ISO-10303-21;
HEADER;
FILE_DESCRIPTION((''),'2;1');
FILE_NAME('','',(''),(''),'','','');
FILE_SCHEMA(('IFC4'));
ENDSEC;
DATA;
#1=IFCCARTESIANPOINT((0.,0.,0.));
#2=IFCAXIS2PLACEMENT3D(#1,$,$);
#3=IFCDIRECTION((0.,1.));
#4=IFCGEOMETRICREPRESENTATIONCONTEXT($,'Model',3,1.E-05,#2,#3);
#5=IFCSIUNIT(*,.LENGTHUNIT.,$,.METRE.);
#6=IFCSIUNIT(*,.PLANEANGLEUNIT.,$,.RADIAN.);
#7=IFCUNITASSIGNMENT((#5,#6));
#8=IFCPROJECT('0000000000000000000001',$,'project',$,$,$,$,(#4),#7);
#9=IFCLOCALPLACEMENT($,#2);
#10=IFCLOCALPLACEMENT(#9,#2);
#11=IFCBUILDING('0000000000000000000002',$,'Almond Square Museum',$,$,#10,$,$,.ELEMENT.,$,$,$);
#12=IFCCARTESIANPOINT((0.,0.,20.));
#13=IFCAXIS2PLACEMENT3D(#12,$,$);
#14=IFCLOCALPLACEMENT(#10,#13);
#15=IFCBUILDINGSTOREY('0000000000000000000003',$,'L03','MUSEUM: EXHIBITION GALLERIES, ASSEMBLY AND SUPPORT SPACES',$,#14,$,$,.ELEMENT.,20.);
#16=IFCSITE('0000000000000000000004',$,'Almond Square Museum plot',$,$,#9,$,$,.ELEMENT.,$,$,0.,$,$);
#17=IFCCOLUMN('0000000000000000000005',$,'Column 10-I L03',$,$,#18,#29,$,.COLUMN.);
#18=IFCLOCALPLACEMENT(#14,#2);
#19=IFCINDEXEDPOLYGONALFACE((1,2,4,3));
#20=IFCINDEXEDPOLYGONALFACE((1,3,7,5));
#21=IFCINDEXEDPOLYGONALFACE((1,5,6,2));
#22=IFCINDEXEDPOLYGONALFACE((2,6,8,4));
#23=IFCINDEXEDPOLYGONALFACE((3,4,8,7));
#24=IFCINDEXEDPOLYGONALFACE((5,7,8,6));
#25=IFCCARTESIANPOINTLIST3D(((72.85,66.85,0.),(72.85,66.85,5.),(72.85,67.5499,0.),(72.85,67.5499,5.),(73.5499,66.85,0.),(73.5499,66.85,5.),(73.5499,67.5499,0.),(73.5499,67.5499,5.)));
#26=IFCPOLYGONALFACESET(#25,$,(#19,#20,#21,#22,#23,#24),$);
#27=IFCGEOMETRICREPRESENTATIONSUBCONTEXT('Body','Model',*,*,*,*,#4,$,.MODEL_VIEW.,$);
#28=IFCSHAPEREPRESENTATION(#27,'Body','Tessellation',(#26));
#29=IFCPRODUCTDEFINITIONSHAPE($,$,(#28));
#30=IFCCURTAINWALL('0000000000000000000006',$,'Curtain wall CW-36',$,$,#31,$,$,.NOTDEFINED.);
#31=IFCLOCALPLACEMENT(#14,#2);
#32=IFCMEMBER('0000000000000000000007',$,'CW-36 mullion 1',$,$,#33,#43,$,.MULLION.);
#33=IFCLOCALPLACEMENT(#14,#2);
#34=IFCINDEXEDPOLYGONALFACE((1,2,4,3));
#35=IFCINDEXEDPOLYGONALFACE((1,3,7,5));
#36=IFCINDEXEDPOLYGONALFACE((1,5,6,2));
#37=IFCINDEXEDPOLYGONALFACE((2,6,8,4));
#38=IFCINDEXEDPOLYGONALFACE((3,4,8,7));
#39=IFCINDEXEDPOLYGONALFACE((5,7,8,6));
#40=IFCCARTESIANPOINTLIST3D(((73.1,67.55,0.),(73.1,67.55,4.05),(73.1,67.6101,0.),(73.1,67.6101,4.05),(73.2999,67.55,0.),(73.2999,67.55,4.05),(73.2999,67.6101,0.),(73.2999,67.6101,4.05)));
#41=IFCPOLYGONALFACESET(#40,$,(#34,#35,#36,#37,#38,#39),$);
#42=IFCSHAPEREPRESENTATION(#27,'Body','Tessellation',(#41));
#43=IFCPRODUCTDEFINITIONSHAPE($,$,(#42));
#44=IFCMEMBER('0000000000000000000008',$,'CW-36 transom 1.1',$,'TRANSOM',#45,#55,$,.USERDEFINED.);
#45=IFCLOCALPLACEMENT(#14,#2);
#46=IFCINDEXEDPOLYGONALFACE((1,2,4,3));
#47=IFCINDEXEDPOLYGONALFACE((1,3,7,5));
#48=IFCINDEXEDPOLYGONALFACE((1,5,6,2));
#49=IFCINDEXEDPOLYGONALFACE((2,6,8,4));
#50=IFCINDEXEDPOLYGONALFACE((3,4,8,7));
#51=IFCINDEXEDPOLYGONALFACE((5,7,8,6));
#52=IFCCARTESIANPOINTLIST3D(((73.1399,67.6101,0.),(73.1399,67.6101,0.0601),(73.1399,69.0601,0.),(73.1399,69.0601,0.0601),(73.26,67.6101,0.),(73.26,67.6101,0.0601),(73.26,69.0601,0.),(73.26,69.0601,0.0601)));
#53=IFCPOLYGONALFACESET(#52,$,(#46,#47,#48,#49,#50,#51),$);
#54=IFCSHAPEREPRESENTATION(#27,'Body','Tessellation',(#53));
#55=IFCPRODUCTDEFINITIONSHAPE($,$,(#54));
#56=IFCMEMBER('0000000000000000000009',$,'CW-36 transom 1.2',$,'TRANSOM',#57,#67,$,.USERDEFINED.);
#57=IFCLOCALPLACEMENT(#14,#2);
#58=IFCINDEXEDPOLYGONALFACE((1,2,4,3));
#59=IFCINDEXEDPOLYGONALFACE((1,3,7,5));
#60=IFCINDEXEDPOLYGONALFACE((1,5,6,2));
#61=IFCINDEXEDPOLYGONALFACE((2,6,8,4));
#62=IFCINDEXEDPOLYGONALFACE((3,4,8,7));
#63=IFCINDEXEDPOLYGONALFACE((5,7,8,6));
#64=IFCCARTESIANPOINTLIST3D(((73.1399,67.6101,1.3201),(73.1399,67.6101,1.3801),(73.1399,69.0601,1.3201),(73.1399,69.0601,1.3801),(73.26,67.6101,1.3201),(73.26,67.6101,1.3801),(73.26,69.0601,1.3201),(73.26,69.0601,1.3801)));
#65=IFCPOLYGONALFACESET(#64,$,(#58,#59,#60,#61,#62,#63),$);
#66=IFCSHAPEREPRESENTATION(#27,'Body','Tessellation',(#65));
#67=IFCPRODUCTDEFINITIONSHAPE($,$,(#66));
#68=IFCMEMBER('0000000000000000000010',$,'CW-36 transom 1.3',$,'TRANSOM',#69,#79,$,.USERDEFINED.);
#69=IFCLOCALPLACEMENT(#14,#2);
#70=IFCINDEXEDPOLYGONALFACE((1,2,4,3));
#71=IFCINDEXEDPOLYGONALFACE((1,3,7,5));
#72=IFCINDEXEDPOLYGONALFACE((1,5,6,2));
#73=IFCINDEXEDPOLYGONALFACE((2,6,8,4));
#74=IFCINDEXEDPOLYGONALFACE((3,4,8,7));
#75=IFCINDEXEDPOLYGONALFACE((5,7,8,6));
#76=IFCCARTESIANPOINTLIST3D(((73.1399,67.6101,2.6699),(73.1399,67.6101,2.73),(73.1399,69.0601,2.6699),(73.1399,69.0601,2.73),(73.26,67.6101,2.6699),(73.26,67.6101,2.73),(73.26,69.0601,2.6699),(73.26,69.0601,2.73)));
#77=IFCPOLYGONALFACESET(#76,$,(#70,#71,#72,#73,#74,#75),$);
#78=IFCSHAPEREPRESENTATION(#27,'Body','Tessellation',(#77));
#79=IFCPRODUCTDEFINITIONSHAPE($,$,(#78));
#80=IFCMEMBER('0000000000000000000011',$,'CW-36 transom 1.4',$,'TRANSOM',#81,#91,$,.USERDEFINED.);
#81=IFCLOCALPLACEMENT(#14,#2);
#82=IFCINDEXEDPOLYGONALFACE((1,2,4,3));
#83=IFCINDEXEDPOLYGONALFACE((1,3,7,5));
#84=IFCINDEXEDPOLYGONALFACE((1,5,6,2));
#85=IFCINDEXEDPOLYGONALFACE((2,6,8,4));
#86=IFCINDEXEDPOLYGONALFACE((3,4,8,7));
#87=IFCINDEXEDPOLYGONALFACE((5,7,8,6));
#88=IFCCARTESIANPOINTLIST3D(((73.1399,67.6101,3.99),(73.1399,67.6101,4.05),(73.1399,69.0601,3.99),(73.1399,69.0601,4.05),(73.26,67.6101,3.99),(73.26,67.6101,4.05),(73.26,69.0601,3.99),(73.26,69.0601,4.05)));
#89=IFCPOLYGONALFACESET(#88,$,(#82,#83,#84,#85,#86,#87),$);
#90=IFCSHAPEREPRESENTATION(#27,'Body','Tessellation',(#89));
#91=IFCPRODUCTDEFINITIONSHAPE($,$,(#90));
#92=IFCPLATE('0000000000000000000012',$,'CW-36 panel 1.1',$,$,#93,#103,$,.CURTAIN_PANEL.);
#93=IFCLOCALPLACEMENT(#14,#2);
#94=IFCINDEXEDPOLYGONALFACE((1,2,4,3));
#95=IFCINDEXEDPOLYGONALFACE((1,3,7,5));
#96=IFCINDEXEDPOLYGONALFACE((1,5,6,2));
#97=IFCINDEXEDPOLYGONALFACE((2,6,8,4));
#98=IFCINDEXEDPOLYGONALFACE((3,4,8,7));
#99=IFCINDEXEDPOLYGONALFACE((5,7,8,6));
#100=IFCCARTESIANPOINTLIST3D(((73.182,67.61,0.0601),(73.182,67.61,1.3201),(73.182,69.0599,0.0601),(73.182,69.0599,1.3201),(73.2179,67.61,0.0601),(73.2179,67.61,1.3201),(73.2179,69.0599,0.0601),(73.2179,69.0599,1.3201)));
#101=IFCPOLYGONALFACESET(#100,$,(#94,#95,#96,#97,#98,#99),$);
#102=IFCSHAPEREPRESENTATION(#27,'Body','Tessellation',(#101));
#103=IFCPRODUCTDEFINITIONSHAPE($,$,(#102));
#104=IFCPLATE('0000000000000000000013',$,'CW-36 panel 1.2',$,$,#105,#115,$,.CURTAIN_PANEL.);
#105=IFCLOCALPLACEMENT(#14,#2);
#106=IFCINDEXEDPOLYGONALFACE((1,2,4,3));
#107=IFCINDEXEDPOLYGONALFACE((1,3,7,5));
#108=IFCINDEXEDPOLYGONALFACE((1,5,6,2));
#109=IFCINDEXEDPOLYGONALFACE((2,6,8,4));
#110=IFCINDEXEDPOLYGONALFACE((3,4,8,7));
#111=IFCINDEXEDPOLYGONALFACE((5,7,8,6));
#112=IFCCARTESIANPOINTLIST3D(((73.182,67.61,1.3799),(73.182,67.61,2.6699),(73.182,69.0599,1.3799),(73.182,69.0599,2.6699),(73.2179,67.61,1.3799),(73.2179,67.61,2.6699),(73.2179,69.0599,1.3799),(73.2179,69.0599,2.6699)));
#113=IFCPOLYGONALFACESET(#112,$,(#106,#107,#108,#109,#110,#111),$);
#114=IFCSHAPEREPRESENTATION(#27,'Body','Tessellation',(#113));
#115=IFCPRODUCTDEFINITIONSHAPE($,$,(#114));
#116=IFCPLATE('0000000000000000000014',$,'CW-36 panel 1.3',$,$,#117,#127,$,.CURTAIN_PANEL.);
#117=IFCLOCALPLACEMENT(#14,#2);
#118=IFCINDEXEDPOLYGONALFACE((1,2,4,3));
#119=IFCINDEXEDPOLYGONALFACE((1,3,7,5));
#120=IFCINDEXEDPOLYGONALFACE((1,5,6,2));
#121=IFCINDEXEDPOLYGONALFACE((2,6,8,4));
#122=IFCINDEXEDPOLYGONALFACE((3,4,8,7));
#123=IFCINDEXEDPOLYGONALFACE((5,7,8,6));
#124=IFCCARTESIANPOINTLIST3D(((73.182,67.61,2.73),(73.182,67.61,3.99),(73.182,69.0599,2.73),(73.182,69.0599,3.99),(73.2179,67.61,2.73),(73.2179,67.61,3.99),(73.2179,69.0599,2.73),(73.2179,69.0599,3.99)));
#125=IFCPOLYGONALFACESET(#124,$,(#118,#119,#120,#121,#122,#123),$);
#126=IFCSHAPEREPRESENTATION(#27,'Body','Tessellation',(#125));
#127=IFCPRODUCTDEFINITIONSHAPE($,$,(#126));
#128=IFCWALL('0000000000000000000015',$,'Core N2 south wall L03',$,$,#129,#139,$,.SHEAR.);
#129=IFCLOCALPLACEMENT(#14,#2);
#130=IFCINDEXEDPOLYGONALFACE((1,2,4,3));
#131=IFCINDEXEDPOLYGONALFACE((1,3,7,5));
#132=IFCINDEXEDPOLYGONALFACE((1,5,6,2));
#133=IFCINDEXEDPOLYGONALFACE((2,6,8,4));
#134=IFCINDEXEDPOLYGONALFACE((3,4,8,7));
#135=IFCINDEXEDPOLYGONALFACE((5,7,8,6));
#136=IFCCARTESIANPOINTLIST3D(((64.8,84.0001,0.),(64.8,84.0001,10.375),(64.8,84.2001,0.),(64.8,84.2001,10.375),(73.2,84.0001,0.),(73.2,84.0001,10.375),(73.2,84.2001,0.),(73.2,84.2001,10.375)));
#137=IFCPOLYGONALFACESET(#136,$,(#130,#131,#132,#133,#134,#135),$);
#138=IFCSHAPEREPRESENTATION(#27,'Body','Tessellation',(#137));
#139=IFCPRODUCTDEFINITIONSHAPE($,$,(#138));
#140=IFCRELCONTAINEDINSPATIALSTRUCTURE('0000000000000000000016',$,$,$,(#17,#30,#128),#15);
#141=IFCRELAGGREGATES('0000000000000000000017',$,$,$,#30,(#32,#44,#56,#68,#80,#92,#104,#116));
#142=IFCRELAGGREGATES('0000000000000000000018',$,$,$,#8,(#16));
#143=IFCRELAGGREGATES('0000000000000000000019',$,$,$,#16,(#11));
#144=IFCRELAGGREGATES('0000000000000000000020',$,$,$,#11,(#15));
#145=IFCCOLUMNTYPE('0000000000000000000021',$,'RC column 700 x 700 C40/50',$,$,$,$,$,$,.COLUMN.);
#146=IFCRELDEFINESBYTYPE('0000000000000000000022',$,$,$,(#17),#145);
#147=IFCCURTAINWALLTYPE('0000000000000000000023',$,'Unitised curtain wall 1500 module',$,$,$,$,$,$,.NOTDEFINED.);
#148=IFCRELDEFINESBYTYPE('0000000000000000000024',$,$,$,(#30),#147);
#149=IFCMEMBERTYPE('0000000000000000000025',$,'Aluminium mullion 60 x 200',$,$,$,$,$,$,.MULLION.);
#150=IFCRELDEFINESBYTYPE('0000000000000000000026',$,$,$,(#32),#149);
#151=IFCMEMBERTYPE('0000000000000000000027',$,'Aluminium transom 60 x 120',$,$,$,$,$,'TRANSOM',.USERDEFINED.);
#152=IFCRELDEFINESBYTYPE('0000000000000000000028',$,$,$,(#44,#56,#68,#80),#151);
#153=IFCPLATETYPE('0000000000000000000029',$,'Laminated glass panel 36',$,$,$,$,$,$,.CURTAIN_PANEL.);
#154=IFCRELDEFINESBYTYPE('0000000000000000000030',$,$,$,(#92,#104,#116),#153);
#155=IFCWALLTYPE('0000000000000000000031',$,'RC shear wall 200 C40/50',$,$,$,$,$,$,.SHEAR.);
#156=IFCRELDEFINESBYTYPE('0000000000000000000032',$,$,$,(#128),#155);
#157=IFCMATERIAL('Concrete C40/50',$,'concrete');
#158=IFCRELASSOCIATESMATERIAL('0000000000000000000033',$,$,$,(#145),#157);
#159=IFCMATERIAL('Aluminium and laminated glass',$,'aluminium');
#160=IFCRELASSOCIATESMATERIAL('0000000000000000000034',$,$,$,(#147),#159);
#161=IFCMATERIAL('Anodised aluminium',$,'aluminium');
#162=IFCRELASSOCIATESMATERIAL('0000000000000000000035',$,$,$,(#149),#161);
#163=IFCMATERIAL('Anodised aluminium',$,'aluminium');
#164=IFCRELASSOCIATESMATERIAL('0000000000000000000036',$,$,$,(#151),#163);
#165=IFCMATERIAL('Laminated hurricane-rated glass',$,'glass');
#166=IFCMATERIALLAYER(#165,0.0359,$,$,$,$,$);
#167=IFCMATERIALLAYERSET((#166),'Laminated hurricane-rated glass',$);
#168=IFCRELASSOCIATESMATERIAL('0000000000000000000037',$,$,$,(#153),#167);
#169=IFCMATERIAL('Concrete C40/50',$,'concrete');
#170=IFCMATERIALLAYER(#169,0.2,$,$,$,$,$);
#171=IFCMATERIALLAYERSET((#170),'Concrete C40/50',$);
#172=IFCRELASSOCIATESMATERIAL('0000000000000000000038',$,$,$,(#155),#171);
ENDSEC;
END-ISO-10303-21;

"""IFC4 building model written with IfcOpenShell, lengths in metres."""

from ifc_helpers import new_model, si_unit, direction, frame, frame_2d, origin, origin_2d, place, context, subcontext, project, spatial, rectangle, extrude, material, layer, layer_set, material_profile, profile_set, type_object, element, aggregate, save


model = new_model("IFC4")

# Units and contexts
model_context = context("Model", 3, precision=1e-05, world=origin(), true_north=direction((0.0, 1.0)))
body_context = subcontext(model_context, "Body", "Model", "MODEL_VIEW")
ifc_project = project(units=[si_unit("LENGTHUNIT", "METRE"), si_unit("PLANEANGLEUNIT", "RADIAN")], contexts=[model_context])

# Site, building, storey
site_placement = place(None, origin())
site = spatial("IfcSite", under=ifc_project, at=site_placement, Name="Almond Square Museum plot", CompositionType="ELEMENT", RefElevation=0.0)
building_placement = place(site_placement, origin())
building = spatial("IfcBuilding", under=site, at=building_placement, Name="Almond Square Museum", CompositionType="ELEMENT")
storey_placement = place(building_placement, frame((0.0, 0.0, 20.0)))
storey = spatial("IfcBuildingStorey", under=building, at=storey_placement, Name="L03", Description="MUSEUM: EXHIBITION GALLERIES, ASSEMBLY AND SUPPORT SPACES", CompositionType="ELEMENT", Elevation=20.0)

# Column
ifc_material_1 = material(Name="Concrete C40/50", Category="concrete")
ifc_material_profile_1 = material_profile(ifc_material_1, rectangle(XDim=0.7, YDim=0.7, at=origin_2d()))
ifc_profile_set_1 = profile_set([ifc_material_profile_1], Name="Concrete C40/50")
column_type = type_object("IfcColumnType", Name="RC column 700 x 700 C40/50", PredefinedType="COLUMN", material=ifc_profile_set_1)
column_placement = place(storey_placement, frame((73.2, 67.2, 0.0), z_axis=(0.0, 0.0, 1.0), x_axis=(1.0, 0.0, 0.0)))
element("IfcColumn", 1, at=column_placement, inside=storey, type_object=column_type, Name="Column 10-I L03", PredefinedType="COLUMN", context=body_context, shape_type="SweptSolid", body=[
    extrude(rectangle(XDim=0.7, YDim=0.7, at=origin_2d()), origin(), (0.0, 0.0, 1.0), 5.0),
])

# Curtain wall, members, plates
ifc_material_2 = material(Name="Aluminium and laminated glass", Category="aluminium")
curtain_wall_type = type_object("IfcCurtainWallType", Name="Unitised curtain wall 1500 module", PredefinedType="NOTDEFINED", material=ifc_material_2)
curtain_wall_placement = place(storey_placement, origin())
curtain_wall = element("IfcCurtainWall", 2, at=curtain_wall_placement, inside=storey, type_object=curtain_wall_type, Name="Curtain wall CW-36", PredefinedType="NOTDEFINED")
ifc_material_3 = material(Name="Anodised aluminium", Category="aluminium")
ifc_material_profile_2 = material_profile(ifc_material_3, rectangle(XDim=0.2, YDim=0.0601, at=origin_2d()))
ifc_profile_set_2 = profile_set([ifc_material_profile_2], Name="Anodised aluminium")
member_type_1 = type_object("IfcMemberType", Name="Aluminium mullion 60 x 200", PredefinedType="MULLION", material=ifc_profile_set_2)
member_1_placement = place(storey_placement, frame((73.2, 67.5801, 0.0), z_axis=(0.0, 0.0, 1.0), x_axis=(-1.0, 0.0, 0.0)))
member_1 = element("IfcMember", 3, at=member_1_placement, type_object=member_type_1, Name="CW-36 mullion 1", PredefinedType="MULLION", context=body_context, shape_type="SweptSolid", body=[
    extrude(rectangle(XDim=0.2, YDim=0.0601, at=origin_2d()), origin(), (0.0, 0.0, 1.0), 4.05),
])
ifc_material_4 = material(Name="Anodised aluminium", Category="aluminium")
ifc_material_profile_3 = material_profile(ifc_material_4, rectangle(XDim=0.1201, YDim=0.0601, at=origin_2d()))
ifc_profile_set_3 = profile_set([ifc_material_profile_3], Name="Anodised aluminium")
member_type_2 = type_object("IfcMemberType", Name="Aluminium transom 60 x 120", ElementType="TRANSOM", PredefinedType="USERDEFINED", material=ifc_profile_set_3)
member_2_placement = place(storey_placement, frame((73.2, 67.6101, 0.03), z_axis=(0.0, 1.0, 0.0), x_axis=(-1.0, 0.0, 0.0)))
member_2 = element("IfcMember", 4, at=member_2_placement, type_object=member_type_2, Name="CW-36 transom 1.1", ObjectType="TRANSOM", PredefinedType="USERDEFINED", context=body_context, shape_type="SweptSolid", body=[
    extrude(rectangle(XDim=0.1201, YDim=0.0601, at=origin_2d()), origin(), (0.0, 0.0, 1.0), 1.45),
])
member_3_placement = place(storey_placement, frame((73.2, 67.6101, 1.3501), z_axis=(0.0, 1.0, 0.0), x_axis=(-1.0, 0.0, 0.0)))
member_3 = element("IfcMember", 5, at=member_3_placement, type_object=member_type_2, Name="CW-36 transom 1.2", ObjectType="TRANSOM", PredefinedType="USERDEFINED", context=body_context, shape_type="SweptSolid", body=[
    extrude(rectangle(XDim=0.1201, YDim=0.0601, at=origin_2d()), origin(), (0.0, 0.0, 1.0), 1.45),
])
member_4_placement = place(storey_placement, frame((73.2, 67.6101, 2.7), z_axis=(0.0, 1.0, 0.0), x_axis=(-1.0, 0.0, 0.0)))
member_4 = element("IfcMember", 6, at=member_4_placement, type_object=member_type_2, Name="CW-36 transom 1.3", ObjectType="TRANSOM", PredefinedType="USERDEFINED", context=body_context, shape_type="SweptSolid", body=[
    extrude(rectangle(XDim=0.1201, YDim=0.0601, at=origin_2d()), origin(), (0.0, 0.0, 1.0), 1.45),
])
member_5_placement = place(storey_placement, frame((73.2, 67.6101, 4.02), z_axis=(0.0, 1.0, 0.0), x_axis=(-1.0, 0.0, 0.0)))
member_5 = element("IfcMember", 7, at=member_5_placement, type_object=member_type_2, Name="CW-36 transom 1.4", ObjectType="TRANSOM", PredefinedType="USERDEFINED", context=body_context, shape_type="SweptSolid", body=[
    extrude(rectangle(XDim=0.1201, YDim=0.0601, at=origin_2d()), origin(), (0.0, 0.0, 1.0), 1.45),
])
ifc_material_5 = material(Name="Laminated hurricane-rated glass", Category="glass")
ifc_layer_1 = layer(ifc_material_5, 0.0359)
ifc_layer_set_1 = layer_set([ifc_layer_1], Name="Laminated hurricane-rated glass")
plate_type = type_object("IfcPlateType", Name="Laminated glass panel 36", PredefinedType="CURTAIN_PANEL", material=ifc_layer_set_1)
plate_1_placement = place(storey_placement, frame((73.2, 68.335, 0.0601), z_axis=(0.0, 0.0, 1.0), x_axis=(0.0, 1.0, 0.0)))
plate_1 = element("IfcPlate", 8, at=plate_1_placement, type_object=plate_type, Name="CW-36 panel 1.1", PredefinedType="CURTAIN_PANEL", context=body_context, shape_type="SweptSolid", body=[
    extrude(rectangle(XDim=1.45, YDim=0.0359, at=origin_2d()), origin(), (0.0, 0.0, 1.0), 1.26),
])
plate_2_placement = place(storey_placement, frame((73.2, 68.335, 1.3799), z_axis=(0.0, 0.0, 1.0), x_axis=(0.0, 1.0, 0.0)))
plate_2 = element("IfcPlate", 9, at=plate_2_placement, type_object=plate_type, Name="CW-36 panel 1.2", PredefinedType="CURTAIN_PANEL", context=body_context, shape_type="SweptSolid", body=[
    extrude(rectangle(XDim=1.45, YDim=0.0359, at=origin_2d()), origin(), (0.0, 0.0, 1.0), 1.29),
])
plate_3_placement = place(storey_placement, frame((73.2, 68.335, 2.73), z_axis=(0.0, 0.0, 1.0), x_axis=(0.0, 1.0, 0.0)))
plate_3 = element("IfcPlate", 10, at=plate_3_placement, type_object=plate_type, Name="CW-36 panel 1.3", PredefinedType="CURTAIN_PANEL", context=body_context, shape_type="SweptSolid", body=[
    extrude(rectangle(XDim=1.45, YDim=0.0359, at=origin_2d()), origin(), (0.0, 0.0, 1.0), 1.26),
])
aggregate(curtain_wall, [member_1, member_2, member_3, member_4, member_5, plate_1, plate_2, plate_3])

# Wall
ifc_material_6 = material(Name="Concrete C40/50", Category="concrete")
ifc_layer_2 = layer(ifc_material_6, 0.2)
ifc_layer_set_2 = layer_set([ifc_layer_2], Name="Concrete C40/50")
wall_type = type_object("IfcWallType", Name="RC shear wall 200 C40/50", PredefinedType="SHEAR", material=ifc_layer_set_2)
wall_1_placement = place(storey_placement, frame((64.8, 84.1001, 0.0), z_axis=(0.0, 0.0, 1.0), x_axis=(1.0, 0.0, 0.0)))
element("IfcWall", 11, at=wall_1_placement, inside=storey, type_object=wall_type, Name="Core N2 south wall L03", PredefinedType="SHEAR", context=body_context, shape_type="SweptSolid", body=[
    extrude(rectangle(XDim=8.3999, YDim=0.2, at=frame_2d((4.2, 0.0))), origin(), (0.0, 0.0, 1.0), 10.375),
])

save(model, "model.ifc")
